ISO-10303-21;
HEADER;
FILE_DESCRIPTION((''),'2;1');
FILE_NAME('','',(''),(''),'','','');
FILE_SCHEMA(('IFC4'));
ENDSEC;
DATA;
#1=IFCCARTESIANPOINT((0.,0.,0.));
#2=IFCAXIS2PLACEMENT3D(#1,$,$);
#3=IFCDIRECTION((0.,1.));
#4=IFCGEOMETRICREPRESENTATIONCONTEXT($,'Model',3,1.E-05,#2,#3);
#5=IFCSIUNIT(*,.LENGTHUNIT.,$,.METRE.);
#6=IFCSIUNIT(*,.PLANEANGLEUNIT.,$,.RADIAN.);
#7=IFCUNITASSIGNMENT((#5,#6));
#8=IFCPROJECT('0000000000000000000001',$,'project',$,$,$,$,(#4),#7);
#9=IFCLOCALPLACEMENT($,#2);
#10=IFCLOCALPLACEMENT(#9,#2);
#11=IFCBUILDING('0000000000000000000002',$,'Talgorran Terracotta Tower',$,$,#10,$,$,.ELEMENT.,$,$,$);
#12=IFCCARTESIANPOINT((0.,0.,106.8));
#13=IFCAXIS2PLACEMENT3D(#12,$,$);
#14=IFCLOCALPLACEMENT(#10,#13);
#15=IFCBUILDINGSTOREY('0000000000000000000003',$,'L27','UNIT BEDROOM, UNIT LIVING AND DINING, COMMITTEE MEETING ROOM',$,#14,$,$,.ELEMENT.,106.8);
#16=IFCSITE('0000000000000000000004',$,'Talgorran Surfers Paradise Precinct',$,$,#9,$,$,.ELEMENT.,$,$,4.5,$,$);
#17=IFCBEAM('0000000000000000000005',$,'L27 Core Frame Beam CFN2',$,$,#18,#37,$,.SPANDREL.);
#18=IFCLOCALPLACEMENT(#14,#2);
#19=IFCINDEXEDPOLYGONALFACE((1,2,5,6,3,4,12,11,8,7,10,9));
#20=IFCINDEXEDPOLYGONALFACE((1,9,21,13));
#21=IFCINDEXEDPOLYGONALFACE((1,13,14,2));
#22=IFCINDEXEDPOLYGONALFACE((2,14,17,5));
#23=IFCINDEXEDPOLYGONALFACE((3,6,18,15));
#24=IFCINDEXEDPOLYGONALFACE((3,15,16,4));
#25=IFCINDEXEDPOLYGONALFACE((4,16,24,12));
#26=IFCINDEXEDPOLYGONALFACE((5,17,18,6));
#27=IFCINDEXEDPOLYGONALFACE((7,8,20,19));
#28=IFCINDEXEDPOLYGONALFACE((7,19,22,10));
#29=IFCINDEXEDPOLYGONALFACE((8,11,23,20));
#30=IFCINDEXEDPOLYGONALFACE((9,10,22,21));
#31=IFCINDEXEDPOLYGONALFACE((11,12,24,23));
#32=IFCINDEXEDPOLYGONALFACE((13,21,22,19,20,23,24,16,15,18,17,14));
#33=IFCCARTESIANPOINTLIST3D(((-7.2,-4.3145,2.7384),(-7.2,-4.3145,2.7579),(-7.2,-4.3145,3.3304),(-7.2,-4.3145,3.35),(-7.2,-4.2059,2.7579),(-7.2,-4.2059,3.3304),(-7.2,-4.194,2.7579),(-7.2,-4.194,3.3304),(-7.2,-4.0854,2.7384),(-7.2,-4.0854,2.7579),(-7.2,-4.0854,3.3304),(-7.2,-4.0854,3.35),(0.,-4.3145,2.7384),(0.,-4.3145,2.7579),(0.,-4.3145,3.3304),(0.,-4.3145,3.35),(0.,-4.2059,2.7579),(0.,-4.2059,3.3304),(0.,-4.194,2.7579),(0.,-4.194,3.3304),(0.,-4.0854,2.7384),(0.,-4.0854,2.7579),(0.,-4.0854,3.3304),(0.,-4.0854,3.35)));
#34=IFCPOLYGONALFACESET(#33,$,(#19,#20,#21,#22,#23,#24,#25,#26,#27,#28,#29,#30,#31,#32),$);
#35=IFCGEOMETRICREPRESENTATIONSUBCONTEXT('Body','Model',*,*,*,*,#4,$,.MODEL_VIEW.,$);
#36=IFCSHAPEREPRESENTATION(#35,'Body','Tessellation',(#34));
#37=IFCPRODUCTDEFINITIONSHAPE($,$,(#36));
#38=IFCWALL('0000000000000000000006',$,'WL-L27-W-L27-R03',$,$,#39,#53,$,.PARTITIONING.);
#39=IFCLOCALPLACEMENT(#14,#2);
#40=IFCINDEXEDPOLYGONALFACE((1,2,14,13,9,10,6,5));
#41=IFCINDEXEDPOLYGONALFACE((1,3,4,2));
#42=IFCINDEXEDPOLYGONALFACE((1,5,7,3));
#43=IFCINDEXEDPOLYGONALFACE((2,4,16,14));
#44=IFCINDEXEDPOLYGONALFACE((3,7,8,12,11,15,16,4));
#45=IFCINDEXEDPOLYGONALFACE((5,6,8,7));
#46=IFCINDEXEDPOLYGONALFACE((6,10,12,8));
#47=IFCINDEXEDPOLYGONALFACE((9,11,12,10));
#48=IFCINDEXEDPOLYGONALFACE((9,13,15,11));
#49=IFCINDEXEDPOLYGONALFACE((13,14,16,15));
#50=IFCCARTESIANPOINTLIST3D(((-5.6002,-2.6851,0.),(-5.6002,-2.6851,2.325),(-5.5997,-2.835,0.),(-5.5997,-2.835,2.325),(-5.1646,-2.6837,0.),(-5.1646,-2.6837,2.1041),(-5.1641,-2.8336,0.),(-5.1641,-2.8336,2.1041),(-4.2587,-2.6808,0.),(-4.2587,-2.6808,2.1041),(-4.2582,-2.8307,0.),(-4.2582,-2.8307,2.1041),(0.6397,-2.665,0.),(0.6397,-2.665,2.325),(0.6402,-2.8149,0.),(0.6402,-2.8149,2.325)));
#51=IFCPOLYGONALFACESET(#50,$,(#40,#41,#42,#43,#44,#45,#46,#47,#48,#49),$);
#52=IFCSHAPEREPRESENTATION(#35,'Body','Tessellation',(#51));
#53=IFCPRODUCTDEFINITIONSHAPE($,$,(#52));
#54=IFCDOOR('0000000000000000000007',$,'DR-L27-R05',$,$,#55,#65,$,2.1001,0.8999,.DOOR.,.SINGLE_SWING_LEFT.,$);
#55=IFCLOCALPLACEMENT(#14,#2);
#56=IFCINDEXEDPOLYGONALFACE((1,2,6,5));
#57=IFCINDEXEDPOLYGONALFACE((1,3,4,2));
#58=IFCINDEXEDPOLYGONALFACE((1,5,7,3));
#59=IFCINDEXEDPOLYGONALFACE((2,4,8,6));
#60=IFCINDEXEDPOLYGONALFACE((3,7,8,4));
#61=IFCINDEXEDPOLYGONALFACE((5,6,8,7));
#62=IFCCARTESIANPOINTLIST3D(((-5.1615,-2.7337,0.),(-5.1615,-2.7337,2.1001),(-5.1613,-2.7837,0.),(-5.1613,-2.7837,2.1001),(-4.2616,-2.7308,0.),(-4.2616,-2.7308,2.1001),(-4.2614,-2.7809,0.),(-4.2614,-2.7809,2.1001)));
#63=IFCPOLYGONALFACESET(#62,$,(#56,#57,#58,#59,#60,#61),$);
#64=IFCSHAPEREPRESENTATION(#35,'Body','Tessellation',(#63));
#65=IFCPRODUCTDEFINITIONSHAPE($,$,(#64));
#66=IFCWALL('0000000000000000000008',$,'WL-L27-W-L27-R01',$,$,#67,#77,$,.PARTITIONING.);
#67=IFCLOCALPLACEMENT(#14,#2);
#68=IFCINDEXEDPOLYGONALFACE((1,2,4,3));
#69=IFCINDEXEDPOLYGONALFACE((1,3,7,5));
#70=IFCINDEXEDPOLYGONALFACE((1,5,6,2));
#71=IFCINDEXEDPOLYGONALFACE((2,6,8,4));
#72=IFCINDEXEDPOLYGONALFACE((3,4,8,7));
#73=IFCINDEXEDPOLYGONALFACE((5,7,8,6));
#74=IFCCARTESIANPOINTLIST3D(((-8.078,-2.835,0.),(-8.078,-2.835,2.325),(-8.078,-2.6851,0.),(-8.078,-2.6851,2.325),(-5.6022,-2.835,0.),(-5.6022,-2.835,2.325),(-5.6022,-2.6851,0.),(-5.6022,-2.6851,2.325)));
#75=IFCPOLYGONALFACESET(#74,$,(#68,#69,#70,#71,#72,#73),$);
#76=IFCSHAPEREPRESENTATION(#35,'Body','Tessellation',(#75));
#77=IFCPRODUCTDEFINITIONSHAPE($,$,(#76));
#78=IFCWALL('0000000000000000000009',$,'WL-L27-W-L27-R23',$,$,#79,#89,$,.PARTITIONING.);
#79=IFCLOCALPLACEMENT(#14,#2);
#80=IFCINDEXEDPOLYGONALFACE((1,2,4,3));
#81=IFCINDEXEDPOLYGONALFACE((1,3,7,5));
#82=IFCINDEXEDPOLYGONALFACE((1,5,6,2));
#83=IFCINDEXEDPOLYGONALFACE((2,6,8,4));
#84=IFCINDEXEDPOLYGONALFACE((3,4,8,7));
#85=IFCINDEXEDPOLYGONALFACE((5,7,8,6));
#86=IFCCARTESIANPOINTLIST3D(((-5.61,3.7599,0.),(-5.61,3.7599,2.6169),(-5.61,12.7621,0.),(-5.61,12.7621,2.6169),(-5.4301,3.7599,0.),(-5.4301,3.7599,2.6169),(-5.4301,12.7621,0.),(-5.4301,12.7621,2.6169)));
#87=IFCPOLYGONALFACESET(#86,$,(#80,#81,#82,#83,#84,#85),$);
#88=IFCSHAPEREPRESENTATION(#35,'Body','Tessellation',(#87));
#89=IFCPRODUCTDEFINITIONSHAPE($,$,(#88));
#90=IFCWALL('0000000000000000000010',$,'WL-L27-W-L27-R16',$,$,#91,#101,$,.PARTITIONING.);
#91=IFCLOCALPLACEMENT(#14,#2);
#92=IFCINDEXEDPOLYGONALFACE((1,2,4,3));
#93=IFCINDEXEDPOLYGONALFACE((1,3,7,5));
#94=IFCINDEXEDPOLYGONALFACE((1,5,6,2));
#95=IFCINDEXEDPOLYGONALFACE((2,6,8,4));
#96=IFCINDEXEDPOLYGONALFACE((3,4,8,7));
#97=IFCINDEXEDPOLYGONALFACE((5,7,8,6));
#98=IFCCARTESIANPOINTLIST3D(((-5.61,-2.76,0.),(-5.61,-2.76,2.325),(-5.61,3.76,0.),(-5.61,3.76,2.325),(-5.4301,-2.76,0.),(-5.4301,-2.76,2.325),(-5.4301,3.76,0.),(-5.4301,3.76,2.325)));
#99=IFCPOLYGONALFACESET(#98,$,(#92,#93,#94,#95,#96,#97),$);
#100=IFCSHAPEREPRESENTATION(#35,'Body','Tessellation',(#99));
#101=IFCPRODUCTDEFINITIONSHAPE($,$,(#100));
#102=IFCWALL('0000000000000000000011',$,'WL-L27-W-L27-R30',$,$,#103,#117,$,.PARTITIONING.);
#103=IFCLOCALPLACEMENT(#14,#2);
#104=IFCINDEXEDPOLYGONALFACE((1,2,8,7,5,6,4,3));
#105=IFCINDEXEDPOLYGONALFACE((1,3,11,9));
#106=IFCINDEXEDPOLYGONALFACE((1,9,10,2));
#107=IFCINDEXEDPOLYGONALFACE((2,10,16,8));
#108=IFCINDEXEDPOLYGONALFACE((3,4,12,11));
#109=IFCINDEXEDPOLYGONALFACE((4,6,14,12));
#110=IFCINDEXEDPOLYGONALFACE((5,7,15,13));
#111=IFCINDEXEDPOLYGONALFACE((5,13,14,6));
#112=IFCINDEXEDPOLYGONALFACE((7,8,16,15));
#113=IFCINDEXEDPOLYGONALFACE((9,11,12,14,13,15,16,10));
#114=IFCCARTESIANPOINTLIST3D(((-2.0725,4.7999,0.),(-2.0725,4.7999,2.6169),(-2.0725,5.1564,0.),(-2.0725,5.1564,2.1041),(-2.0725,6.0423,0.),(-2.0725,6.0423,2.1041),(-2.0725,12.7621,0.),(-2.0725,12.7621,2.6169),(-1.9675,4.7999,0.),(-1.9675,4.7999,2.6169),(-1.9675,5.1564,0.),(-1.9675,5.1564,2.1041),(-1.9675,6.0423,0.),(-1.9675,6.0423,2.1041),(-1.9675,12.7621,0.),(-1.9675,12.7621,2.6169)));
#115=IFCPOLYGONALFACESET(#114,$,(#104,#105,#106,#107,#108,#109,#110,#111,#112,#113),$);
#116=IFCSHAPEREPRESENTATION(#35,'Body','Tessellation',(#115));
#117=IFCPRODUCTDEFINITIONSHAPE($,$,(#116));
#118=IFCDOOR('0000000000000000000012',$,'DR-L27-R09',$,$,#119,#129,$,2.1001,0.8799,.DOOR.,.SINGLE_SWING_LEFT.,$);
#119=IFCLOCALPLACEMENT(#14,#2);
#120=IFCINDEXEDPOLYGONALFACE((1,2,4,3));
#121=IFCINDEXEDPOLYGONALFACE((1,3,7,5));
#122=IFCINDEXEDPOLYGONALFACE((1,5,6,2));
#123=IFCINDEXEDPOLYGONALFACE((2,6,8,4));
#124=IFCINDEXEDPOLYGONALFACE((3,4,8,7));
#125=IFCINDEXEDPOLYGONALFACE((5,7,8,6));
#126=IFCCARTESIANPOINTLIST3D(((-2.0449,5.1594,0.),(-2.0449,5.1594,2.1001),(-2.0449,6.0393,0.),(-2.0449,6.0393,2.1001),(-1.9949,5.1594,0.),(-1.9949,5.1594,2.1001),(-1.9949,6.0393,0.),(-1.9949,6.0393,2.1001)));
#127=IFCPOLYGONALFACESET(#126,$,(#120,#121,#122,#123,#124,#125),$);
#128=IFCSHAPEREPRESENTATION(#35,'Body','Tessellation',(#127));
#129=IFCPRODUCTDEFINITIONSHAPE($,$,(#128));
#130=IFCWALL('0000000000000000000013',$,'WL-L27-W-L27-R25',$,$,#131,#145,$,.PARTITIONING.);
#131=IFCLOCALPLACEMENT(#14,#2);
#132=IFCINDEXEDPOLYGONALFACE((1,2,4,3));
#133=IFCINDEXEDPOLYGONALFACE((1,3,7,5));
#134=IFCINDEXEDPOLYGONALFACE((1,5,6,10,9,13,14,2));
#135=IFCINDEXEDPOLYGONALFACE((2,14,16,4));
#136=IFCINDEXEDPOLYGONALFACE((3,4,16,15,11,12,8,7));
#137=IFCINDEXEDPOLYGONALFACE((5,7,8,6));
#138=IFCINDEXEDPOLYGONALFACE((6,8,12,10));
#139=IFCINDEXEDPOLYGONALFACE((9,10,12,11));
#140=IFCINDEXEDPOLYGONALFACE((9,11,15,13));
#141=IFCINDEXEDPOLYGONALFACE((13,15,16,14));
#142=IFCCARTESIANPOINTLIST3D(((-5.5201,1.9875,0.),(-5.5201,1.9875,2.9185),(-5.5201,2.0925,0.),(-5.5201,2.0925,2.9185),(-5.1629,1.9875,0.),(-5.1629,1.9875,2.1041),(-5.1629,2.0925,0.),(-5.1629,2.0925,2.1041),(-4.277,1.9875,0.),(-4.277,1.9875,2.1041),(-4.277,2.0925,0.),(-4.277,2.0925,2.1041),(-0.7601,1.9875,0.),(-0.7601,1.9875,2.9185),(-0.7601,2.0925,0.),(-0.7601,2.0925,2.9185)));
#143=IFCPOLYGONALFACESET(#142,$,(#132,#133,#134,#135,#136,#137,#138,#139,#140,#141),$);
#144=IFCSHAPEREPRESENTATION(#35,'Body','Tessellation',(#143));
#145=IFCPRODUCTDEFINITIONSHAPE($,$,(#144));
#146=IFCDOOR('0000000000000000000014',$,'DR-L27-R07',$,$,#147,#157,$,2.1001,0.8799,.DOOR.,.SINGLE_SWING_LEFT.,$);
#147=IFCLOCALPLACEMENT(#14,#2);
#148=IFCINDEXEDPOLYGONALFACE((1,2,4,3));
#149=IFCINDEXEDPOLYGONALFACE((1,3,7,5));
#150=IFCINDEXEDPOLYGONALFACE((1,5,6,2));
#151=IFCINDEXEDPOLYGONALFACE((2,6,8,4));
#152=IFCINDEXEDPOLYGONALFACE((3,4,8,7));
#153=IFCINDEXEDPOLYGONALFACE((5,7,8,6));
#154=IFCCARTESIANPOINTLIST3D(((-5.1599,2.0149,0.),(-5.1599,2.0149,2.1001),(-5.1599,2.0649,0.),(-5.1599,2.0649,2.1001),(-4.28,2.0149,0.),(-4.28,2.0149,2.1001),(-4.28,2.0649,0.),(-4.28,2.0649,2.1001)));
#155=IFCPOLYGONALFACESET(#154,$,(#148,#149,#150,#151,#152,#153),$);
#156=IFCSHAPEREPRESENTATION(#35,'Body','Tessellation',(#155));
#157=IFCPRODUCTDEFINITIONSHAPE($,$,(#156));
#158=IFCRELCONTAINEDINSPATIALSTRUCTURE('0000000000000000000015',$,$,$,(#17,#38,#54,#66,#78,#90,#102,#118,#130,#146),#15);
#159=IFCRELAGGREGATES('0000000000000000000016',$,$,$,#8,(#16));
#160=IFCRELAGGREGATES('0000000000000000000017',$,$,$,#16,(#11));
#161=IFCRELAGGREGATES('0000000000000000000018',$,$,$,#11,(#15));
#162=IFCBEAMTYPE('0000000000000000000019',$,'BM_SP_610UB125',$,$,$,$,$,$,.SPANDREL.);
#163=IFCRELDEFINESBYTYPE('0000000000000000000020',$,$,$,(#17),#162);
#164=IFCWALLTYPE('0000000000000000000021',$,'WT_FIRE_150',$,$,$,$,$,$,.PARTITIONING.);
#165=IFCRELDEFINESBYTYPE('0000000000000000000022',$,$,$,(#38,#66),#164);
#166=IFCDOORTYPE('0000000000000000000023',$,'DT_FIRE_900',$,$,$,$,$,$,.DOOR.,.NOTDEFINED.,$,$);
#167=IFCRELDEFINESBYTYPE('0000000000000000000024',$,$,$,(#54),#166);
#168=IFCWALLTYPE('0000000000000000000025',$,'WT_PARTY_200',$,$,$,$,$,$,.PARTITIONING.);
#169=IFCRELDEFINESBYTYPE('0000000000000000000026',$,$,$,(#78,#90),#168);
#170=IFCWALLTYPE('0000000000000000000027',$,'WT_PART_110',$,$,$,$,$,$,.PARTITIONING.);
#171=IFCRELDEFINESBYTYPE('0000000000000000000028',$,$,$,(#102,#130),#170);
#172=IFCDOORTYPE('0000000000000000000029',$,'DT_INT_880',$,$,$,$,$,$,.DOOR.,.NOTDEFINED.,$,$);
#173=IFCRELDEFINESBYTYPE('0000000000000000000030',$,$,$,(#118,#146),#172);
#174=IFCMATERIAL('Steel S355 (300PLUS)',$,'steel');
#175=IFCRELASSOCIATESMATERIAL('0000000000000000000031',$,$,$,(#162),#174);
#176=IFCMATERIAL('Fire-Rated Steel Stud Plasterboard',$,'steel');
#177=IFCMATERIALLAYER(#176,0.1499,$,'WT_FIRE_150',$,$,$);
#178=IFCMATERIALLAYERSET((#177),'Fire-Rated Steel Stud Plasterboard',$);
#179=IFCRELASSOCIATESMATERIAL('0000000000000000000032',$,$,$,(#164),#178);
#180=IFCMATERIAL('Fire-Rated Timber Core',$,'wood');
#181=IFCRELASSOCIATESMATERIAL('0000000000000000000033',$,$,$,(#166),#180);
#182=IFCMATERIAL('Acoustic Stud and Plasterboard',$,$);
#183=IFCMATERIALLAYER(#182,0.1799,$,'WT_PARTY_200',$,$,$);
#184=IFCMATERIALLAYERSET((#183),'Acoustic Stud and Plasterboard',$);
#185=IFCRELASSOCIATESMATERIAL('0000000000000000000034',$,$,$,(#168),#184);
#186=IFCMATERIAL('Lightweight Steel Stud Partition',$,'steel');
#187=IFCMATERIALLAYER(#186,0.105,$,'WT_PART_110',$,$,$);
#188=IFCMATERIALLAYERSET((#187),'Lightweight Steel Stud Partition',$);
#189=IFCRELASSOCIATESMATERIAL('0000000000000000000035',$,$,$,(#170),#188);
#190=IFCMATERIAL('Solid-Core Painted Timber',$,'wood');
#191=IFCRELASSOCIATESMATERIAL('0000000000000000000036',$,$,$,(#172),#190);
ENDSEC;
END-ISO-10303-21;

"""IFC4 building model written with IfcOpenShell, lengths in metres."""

from ifc_helpers import new_model, si_unit, direction, frame, frame_2d, origin, origin_2d, place, context, subcontext, project, spatial, rectangle, i_section, extrude, material, layer, layer_set, material_profile, profile_set, type_object, element, fill, save


model = new_model("IFC4")

# Units and contexts
model_context = context("Model", 3, precision=1e-05, world=origin(), true_north=direction((0.0, 1.0)))
body_context = subcontext(model_context, "Body", "Model", "MODEL_VIEW")
ifc_project = project(units=[si_unit("LENGTHUNIT", "METRE"), si_unit("PLANEANGLEUNIT", "RADIAN")], contexts=[model_context])

# Site, building, storey
site_placement = place(None, origin())
site = spatial("IfcSite", under=ifc_project, at=site_placement, Name="Talgorran Surfers Paradise Precinct", CompositionType="ELEMENT", RefElevation=4.5)
building_placement = place(site_placement, origin())
building = spatial("IfcBuilding", under=site, at=building_placement, Name="Talgorran Terracotta Tower", CompositionType="ELEMENT")
storey_placement = place(building_placement, frame((0.0, 0.0, 106.8)))
storey = spatial("IfcBuildingStorey", under=building, at=storey_placement, Name="L27", Description="UNIT BEDROOM, UNIT LIVING AND DINING, COMMITTEE MEETING ROOM", CompositionType="ELEMENT", Elevation=106.8)

# Shared definitions
ifc_material_1 = material(Name="Steel S355 (300PLUS)", Category="steel")

# Beam
ifc_material_profile_1 = material_profile(ifc_material_1, i_section(OverallWidth=0.229, OverallDepth=0.6116, WebThickness=0.012, FlangeThickness=0.0195, at=origin_2d()), Name="610UB125")
ifc_profile_set_1 = profile_set([ifc_material_profile_1], Name="Steel S355 (300PLUS)")
beam_type_1 = type_object("IfcBeamType", Name="BM_SP_610UB125", PredefinedType="SPANDREL", material=ifc_profile_set_1)
beam_1_placement = place(storey_placement, frame((-7.2, -4.2, 3.0442), z_axis=(1.0, 0.0, 0.0), x_axis=(0.0, 1.0, 0.0)))
element("IfcBeam", 1, at=beam_1_placement, inside=storey, type_object=beam_type_1, Name="L27 Core Frame Beam CFN2", PredefinedType="SPANDREL", context=body_context, shape_type="SweptSolid", body=[
    extrude(i_section(OverallWidth=0.229, OverallDepth=0.6116, WebThickness=0.012, FlangeThickness=0.0195, at=origin_2d()), origin(), (0.0, 0.0, 1.0), 7.2),
])

# Wall, opening, door
ifc_material_2 = material(Name="Fire-Rated Steel Stud Plasterboard", Category="steel")
ifc_layer_1 = layer(ifc_material_2, 0.1499, Name="WT_FIRE_150")
ifc_layer_set_1 = layer_set([ifc_layer_1], Name="Fire-Rated Steel Stud Plasterboard")
wall_type_1 = type_object("IfcWallType", Name="WT_FIRE_150", PredefinedType="PARTITIONING", material=ifc_layer_set_1)
wall_1_placement = place(storey_placement, frame((-5.6001, -2.76, 0.0), z_axis=(0.0, 0.0, 1.0), x_axis=(0.999995, 0.003208, 0.0)))
wall_1 = element("IfcWall", 2, at=wall_1_placement, inside=storey, type_object=wall_type_1, Name="WL-L27-W-L27-R03", PredefinedType="PARTITIONING", context=body_context, shape_type="SweptSolid", body=[
    extrude(rectangle(XDim=6.24, YDim=0.1499, at=frame_2d((3.1201, 0.0))), origin(), (0.0, 0.0, 1.0), 2.325),
])
opening_1_placement = place(wall_1_placement, frame((0.4387, 0.0, 0.0)))
opening_1 = element("IfcOpeningElement", 3, at=opening_1_placement, cuts=wall_1, PredefinedType="OPENING", context=body_context, shape_type="SweptSolid", body=[
    extrude(rectangle(XDim=0.9059, YDim=2.1041, at=frame_2d((0.45, 1.052))), frame((0.0, 0.085, 0.0), z_axis=(0.0, -1.0, 0.0), x_axis=(1.0, 0.0, 0.0)), (0.0, 0.0, 1.0), 0.1699),
])
ifc_material_3 = material(Name="Fire-Rated Timber Core", Category="wood")
door_type_1 = type_object("IfcDoorType", Name="DT_FIRE_900", OperationType="NOTDEFINED", PredefinedType="DOOR", material=ifc_material_3)
door_1_placement = place(opening_1_placement, origin())
door_1 = element("IfcDoor", 4, at=door_1_placement, inside=storey, type_object=door_type_1, Name="DR-L27-R05", OperationType="SINGLE_SWING_LEFT", OverallHeight=2.1001, OverallWidth=0.8999, PredefinedType="DOOR", context=body_context, shape_type="SweptSolid", body=[
    extrude(rectangle(XDim=0.8999, YDim=2.1001, at=frame_2d((0.45, 1.05))), frame((0.0, 0.0249, 0.0), z_axis=(0.0, -1.0, 0.0), x_axis=(1.0, 0.0, 0.0)), (0.0, 0.0, 1.0), 0.05),
])
fill(opening_1, door_1)

# Walls
wall_2_placement = place(storey_placement, frame((-8.0779, -2.76, 0.0), z_axis=(0.0, 0.0, 1.0), x_axis=(1.0, 0.0, 0.0)))
element("IfcWall", 5, at=wall_2_placement, inside=storey, type_object=wall_type_1, Name="WL-L27-W-L27-R01", PredefinedType="PARTITIONING", context=body_context, shape_type="SweptSolid", body=[
    extrude(rectangle(XDim=2.4758, YDim=0.1499, at=frame_2d((1.2378, 0.0))), origin(), (0.0, 0.0, 1.0), 2.325),
])
ifc_material_4 = material(Name="Acoustic Stud and Plasterboard")
ifc_layer_2 = layer(ifc_material_4, 0.1799, Name="WT_PARTY_200")
ifc_layer_set_2 = layer_set([ifc_layer_2], Name="Acoustic Stud and Plasterboard")
wall_type_2 = type_object("IfcWallType", Name="WT_PARTY_200", PredefinedType="PARTITIONING", material=ifc_layer_set_2)
wall_3_placement = place(storey_placement, frame((-5.52, 3.76, 0.0), z_axis=(0.0, 0.0, 1.0), x_axis=(0.0, 1.0, 0.0)))
element("IfcWall", 6, at=wall_3_placement, inside=storey, type_object=wall_type_2, Name="WL-L27-W-L27-R23", PredefinedType="PARTITIONING", context=body_context, shape_type="SweptSolid", body=[
    extrude(rectangle(XDim=9.0022, YDim=0.1799, at=frame_2d((4.501, 0.0))), origin(), (0.0, 0.0, 1.0), 2.6169),
])
wall_4_placement = place(storey_placement, frame((-5.52, -2.76, 0.0), z_axis=(0.0, 0.0, 1.0), x_axis=(0.0, 1.0, 0.0)))
element("IfcWall", 7, at=wall_4_placement, inside=storey, type_object=wall_type_2, Name="WL-L27-W-L27-R16", PredefinedType="PARTITIONING", context=body_context, shape_type="SweptSolid", body=[
    extrude(rectangle(XDim=6.52, YDim=0.1799, at=frame_2d((3.26, 0.0))), origin(), (0.0, 0.0, 1.0), 2.325),
])

# Walls, openings, doors
ifc_material_5 = material(Name="Lightweight Steel Stud Partition", Category="steel")
ifc_layer_3 = layer(ifc_material_5, 0.105, Name="WT_PART_110")
ifc_layer_set_3 = layer_set([ifc_layer_3], Name="Lightweight Steel Stud Partition")
wall_type_3 = type_object("IfcWallType", Name="WT_PART_110", PredefinedType="PARTITIONING", material=ifc_layer_set_3)
wall_5_placement = place(storey_placement, frame((-2.02, 4.8, 0.0), z_axis=(0.0, 0.0, 1.0), x_axis=(0.0, 1.0, 0.0)))
wall_5 = element("IfcWall", 8, at=wall_5_placement, inside=storey, type_object=wall_type_3, Name="WL-L27-W-L27-R30", PredefinedType="PARTITIONING", context=body_context, shape_type="SweptSolid", body=[
    extrude(rectangle(XDim=7.9622, YDim=0.105, at=frame_2d((3.981, 0.0))), origin(), (0.0, 0.0, 1.0), 2.6169),
])
opening_2_placement = place(wall_5_placement, frame((0.3594, 0.0, 0.0)))
opening_2 = element("IfcOpeningElement", 9, at=opening_2_placement, cuts=wall_5, PredefinedType="OPENING", context=body_context, shape_type="SweptSolid", body=[
    extrude(rectangle(XDim=0.8859, YDim=2.1041, at=frame_2d((0.4399, 1.052))), frame((0.0, 0.0625, 0.0), z_axis=(0.0, -1.0, 0.0), x_axis=(1.0, 0.0, 0.0)), (0.0, 0.0, 1.0), 0.125),
])
ifc_material_6 = material(Name="Solid-Core Painted Timber", Category="wood")
door_type_2 = type_object("IfcDoorType", Name="DT_INT_880", OperationType="NOTDEFINED", PredefinedType="DOOR", material=ifc_material_6)
door_2_placement = place(opening_2_placement, origin())
door_2 = element("IfcDoor", 10, at=door_2_placement, inside=storey, type_object=door_type_2, Name="DR-L27-R09", OperationType="SINGLE_SWING_LEFT", OverallHeight=2.1001, OverallWidth=0.8799, PredefinedType="DOOR", context=body_context, shape_type="SweptSolid", body=[
    extrude(rectangle(XDim=0.8799, YDim=2.1001, at=frame_2d((0.4399, 1.05))), frame((0.0, 0.0249, 0.0), z_axis=(0.0, -1.0, 0.0), x_axis=(1.0, 0.0, 0.0)), (0.0, 0.0, 1.0), 0.05),
])
fill(opening_2, door_2)
wall_6_placement = place(storey_placement, frame((-5.52, 2.04, 0.0), z_axis=(0.0, 0.0, 1.0), x_axis=(1.0, 0.0, 0.0)))
wall_6 = element("IfcWall", 11, at=wall_6_placement, inside=storey, type_object=wall_type_3, Name="WL-L27-W-L27-R25", PredefinedType="PARTITIONING", context=body_context, shape_type="SweptSolid", body=[
    extrude(rectangle(XDim=4.76, YDim=0.105, at=frame_2d((2.3799, 0.0))), origin(), (0.0, 0.0, 1.0), 2.9185),
])
opening_3_placement = place(wall_6_placement, frame((0.3601, 0.0, 0.0)))
opening_3 = element("IfcOpeningElement", 12, at=opening_3_placement, cuts=wall_6, PredefinedType="OPENING", context=body_context, shape_type="SweptSolid", body=[
    extrude(rectangle(XDim=0.8859, YDim=2.1041, at=frame_2d((0.4399, 1.052))), frame((0.0, 0.0625, 0.0), z_axis=(0.0, -1.0, 0.0), x_axis=(1.0, 0.0, 0.0)), (0.0, 0.0, 1.0), 0.125),
])
door_3_placement = place(opening_3_placement, origin())
door_3 = element("IfcDoor", 13, at=door_3_placement, inside=storey, type_object=door_type_2, Name="DR-L27-R07", OperationType="SINGLE_SWING_LEFT", OverallHeight=2.1001, OverallWidth=0.8799, PredefinedType="DOOR", context=body_context, shape_type="SweptSolid", body=[
    extrude(rectangle(XDim=0.8799, YDim=2.1001, at=frame_2d((0.4399, 1.05))), frame((0.0, 0.0249, 0.0), z_axis=(0.0, -1.0, 0.0), x_axis=(1.0, 0.0, 0.0)), (0.0, 0.0, 1.0), 0.05),
])
fill(opening_3, door_3)

save(model, "model.ifc")
